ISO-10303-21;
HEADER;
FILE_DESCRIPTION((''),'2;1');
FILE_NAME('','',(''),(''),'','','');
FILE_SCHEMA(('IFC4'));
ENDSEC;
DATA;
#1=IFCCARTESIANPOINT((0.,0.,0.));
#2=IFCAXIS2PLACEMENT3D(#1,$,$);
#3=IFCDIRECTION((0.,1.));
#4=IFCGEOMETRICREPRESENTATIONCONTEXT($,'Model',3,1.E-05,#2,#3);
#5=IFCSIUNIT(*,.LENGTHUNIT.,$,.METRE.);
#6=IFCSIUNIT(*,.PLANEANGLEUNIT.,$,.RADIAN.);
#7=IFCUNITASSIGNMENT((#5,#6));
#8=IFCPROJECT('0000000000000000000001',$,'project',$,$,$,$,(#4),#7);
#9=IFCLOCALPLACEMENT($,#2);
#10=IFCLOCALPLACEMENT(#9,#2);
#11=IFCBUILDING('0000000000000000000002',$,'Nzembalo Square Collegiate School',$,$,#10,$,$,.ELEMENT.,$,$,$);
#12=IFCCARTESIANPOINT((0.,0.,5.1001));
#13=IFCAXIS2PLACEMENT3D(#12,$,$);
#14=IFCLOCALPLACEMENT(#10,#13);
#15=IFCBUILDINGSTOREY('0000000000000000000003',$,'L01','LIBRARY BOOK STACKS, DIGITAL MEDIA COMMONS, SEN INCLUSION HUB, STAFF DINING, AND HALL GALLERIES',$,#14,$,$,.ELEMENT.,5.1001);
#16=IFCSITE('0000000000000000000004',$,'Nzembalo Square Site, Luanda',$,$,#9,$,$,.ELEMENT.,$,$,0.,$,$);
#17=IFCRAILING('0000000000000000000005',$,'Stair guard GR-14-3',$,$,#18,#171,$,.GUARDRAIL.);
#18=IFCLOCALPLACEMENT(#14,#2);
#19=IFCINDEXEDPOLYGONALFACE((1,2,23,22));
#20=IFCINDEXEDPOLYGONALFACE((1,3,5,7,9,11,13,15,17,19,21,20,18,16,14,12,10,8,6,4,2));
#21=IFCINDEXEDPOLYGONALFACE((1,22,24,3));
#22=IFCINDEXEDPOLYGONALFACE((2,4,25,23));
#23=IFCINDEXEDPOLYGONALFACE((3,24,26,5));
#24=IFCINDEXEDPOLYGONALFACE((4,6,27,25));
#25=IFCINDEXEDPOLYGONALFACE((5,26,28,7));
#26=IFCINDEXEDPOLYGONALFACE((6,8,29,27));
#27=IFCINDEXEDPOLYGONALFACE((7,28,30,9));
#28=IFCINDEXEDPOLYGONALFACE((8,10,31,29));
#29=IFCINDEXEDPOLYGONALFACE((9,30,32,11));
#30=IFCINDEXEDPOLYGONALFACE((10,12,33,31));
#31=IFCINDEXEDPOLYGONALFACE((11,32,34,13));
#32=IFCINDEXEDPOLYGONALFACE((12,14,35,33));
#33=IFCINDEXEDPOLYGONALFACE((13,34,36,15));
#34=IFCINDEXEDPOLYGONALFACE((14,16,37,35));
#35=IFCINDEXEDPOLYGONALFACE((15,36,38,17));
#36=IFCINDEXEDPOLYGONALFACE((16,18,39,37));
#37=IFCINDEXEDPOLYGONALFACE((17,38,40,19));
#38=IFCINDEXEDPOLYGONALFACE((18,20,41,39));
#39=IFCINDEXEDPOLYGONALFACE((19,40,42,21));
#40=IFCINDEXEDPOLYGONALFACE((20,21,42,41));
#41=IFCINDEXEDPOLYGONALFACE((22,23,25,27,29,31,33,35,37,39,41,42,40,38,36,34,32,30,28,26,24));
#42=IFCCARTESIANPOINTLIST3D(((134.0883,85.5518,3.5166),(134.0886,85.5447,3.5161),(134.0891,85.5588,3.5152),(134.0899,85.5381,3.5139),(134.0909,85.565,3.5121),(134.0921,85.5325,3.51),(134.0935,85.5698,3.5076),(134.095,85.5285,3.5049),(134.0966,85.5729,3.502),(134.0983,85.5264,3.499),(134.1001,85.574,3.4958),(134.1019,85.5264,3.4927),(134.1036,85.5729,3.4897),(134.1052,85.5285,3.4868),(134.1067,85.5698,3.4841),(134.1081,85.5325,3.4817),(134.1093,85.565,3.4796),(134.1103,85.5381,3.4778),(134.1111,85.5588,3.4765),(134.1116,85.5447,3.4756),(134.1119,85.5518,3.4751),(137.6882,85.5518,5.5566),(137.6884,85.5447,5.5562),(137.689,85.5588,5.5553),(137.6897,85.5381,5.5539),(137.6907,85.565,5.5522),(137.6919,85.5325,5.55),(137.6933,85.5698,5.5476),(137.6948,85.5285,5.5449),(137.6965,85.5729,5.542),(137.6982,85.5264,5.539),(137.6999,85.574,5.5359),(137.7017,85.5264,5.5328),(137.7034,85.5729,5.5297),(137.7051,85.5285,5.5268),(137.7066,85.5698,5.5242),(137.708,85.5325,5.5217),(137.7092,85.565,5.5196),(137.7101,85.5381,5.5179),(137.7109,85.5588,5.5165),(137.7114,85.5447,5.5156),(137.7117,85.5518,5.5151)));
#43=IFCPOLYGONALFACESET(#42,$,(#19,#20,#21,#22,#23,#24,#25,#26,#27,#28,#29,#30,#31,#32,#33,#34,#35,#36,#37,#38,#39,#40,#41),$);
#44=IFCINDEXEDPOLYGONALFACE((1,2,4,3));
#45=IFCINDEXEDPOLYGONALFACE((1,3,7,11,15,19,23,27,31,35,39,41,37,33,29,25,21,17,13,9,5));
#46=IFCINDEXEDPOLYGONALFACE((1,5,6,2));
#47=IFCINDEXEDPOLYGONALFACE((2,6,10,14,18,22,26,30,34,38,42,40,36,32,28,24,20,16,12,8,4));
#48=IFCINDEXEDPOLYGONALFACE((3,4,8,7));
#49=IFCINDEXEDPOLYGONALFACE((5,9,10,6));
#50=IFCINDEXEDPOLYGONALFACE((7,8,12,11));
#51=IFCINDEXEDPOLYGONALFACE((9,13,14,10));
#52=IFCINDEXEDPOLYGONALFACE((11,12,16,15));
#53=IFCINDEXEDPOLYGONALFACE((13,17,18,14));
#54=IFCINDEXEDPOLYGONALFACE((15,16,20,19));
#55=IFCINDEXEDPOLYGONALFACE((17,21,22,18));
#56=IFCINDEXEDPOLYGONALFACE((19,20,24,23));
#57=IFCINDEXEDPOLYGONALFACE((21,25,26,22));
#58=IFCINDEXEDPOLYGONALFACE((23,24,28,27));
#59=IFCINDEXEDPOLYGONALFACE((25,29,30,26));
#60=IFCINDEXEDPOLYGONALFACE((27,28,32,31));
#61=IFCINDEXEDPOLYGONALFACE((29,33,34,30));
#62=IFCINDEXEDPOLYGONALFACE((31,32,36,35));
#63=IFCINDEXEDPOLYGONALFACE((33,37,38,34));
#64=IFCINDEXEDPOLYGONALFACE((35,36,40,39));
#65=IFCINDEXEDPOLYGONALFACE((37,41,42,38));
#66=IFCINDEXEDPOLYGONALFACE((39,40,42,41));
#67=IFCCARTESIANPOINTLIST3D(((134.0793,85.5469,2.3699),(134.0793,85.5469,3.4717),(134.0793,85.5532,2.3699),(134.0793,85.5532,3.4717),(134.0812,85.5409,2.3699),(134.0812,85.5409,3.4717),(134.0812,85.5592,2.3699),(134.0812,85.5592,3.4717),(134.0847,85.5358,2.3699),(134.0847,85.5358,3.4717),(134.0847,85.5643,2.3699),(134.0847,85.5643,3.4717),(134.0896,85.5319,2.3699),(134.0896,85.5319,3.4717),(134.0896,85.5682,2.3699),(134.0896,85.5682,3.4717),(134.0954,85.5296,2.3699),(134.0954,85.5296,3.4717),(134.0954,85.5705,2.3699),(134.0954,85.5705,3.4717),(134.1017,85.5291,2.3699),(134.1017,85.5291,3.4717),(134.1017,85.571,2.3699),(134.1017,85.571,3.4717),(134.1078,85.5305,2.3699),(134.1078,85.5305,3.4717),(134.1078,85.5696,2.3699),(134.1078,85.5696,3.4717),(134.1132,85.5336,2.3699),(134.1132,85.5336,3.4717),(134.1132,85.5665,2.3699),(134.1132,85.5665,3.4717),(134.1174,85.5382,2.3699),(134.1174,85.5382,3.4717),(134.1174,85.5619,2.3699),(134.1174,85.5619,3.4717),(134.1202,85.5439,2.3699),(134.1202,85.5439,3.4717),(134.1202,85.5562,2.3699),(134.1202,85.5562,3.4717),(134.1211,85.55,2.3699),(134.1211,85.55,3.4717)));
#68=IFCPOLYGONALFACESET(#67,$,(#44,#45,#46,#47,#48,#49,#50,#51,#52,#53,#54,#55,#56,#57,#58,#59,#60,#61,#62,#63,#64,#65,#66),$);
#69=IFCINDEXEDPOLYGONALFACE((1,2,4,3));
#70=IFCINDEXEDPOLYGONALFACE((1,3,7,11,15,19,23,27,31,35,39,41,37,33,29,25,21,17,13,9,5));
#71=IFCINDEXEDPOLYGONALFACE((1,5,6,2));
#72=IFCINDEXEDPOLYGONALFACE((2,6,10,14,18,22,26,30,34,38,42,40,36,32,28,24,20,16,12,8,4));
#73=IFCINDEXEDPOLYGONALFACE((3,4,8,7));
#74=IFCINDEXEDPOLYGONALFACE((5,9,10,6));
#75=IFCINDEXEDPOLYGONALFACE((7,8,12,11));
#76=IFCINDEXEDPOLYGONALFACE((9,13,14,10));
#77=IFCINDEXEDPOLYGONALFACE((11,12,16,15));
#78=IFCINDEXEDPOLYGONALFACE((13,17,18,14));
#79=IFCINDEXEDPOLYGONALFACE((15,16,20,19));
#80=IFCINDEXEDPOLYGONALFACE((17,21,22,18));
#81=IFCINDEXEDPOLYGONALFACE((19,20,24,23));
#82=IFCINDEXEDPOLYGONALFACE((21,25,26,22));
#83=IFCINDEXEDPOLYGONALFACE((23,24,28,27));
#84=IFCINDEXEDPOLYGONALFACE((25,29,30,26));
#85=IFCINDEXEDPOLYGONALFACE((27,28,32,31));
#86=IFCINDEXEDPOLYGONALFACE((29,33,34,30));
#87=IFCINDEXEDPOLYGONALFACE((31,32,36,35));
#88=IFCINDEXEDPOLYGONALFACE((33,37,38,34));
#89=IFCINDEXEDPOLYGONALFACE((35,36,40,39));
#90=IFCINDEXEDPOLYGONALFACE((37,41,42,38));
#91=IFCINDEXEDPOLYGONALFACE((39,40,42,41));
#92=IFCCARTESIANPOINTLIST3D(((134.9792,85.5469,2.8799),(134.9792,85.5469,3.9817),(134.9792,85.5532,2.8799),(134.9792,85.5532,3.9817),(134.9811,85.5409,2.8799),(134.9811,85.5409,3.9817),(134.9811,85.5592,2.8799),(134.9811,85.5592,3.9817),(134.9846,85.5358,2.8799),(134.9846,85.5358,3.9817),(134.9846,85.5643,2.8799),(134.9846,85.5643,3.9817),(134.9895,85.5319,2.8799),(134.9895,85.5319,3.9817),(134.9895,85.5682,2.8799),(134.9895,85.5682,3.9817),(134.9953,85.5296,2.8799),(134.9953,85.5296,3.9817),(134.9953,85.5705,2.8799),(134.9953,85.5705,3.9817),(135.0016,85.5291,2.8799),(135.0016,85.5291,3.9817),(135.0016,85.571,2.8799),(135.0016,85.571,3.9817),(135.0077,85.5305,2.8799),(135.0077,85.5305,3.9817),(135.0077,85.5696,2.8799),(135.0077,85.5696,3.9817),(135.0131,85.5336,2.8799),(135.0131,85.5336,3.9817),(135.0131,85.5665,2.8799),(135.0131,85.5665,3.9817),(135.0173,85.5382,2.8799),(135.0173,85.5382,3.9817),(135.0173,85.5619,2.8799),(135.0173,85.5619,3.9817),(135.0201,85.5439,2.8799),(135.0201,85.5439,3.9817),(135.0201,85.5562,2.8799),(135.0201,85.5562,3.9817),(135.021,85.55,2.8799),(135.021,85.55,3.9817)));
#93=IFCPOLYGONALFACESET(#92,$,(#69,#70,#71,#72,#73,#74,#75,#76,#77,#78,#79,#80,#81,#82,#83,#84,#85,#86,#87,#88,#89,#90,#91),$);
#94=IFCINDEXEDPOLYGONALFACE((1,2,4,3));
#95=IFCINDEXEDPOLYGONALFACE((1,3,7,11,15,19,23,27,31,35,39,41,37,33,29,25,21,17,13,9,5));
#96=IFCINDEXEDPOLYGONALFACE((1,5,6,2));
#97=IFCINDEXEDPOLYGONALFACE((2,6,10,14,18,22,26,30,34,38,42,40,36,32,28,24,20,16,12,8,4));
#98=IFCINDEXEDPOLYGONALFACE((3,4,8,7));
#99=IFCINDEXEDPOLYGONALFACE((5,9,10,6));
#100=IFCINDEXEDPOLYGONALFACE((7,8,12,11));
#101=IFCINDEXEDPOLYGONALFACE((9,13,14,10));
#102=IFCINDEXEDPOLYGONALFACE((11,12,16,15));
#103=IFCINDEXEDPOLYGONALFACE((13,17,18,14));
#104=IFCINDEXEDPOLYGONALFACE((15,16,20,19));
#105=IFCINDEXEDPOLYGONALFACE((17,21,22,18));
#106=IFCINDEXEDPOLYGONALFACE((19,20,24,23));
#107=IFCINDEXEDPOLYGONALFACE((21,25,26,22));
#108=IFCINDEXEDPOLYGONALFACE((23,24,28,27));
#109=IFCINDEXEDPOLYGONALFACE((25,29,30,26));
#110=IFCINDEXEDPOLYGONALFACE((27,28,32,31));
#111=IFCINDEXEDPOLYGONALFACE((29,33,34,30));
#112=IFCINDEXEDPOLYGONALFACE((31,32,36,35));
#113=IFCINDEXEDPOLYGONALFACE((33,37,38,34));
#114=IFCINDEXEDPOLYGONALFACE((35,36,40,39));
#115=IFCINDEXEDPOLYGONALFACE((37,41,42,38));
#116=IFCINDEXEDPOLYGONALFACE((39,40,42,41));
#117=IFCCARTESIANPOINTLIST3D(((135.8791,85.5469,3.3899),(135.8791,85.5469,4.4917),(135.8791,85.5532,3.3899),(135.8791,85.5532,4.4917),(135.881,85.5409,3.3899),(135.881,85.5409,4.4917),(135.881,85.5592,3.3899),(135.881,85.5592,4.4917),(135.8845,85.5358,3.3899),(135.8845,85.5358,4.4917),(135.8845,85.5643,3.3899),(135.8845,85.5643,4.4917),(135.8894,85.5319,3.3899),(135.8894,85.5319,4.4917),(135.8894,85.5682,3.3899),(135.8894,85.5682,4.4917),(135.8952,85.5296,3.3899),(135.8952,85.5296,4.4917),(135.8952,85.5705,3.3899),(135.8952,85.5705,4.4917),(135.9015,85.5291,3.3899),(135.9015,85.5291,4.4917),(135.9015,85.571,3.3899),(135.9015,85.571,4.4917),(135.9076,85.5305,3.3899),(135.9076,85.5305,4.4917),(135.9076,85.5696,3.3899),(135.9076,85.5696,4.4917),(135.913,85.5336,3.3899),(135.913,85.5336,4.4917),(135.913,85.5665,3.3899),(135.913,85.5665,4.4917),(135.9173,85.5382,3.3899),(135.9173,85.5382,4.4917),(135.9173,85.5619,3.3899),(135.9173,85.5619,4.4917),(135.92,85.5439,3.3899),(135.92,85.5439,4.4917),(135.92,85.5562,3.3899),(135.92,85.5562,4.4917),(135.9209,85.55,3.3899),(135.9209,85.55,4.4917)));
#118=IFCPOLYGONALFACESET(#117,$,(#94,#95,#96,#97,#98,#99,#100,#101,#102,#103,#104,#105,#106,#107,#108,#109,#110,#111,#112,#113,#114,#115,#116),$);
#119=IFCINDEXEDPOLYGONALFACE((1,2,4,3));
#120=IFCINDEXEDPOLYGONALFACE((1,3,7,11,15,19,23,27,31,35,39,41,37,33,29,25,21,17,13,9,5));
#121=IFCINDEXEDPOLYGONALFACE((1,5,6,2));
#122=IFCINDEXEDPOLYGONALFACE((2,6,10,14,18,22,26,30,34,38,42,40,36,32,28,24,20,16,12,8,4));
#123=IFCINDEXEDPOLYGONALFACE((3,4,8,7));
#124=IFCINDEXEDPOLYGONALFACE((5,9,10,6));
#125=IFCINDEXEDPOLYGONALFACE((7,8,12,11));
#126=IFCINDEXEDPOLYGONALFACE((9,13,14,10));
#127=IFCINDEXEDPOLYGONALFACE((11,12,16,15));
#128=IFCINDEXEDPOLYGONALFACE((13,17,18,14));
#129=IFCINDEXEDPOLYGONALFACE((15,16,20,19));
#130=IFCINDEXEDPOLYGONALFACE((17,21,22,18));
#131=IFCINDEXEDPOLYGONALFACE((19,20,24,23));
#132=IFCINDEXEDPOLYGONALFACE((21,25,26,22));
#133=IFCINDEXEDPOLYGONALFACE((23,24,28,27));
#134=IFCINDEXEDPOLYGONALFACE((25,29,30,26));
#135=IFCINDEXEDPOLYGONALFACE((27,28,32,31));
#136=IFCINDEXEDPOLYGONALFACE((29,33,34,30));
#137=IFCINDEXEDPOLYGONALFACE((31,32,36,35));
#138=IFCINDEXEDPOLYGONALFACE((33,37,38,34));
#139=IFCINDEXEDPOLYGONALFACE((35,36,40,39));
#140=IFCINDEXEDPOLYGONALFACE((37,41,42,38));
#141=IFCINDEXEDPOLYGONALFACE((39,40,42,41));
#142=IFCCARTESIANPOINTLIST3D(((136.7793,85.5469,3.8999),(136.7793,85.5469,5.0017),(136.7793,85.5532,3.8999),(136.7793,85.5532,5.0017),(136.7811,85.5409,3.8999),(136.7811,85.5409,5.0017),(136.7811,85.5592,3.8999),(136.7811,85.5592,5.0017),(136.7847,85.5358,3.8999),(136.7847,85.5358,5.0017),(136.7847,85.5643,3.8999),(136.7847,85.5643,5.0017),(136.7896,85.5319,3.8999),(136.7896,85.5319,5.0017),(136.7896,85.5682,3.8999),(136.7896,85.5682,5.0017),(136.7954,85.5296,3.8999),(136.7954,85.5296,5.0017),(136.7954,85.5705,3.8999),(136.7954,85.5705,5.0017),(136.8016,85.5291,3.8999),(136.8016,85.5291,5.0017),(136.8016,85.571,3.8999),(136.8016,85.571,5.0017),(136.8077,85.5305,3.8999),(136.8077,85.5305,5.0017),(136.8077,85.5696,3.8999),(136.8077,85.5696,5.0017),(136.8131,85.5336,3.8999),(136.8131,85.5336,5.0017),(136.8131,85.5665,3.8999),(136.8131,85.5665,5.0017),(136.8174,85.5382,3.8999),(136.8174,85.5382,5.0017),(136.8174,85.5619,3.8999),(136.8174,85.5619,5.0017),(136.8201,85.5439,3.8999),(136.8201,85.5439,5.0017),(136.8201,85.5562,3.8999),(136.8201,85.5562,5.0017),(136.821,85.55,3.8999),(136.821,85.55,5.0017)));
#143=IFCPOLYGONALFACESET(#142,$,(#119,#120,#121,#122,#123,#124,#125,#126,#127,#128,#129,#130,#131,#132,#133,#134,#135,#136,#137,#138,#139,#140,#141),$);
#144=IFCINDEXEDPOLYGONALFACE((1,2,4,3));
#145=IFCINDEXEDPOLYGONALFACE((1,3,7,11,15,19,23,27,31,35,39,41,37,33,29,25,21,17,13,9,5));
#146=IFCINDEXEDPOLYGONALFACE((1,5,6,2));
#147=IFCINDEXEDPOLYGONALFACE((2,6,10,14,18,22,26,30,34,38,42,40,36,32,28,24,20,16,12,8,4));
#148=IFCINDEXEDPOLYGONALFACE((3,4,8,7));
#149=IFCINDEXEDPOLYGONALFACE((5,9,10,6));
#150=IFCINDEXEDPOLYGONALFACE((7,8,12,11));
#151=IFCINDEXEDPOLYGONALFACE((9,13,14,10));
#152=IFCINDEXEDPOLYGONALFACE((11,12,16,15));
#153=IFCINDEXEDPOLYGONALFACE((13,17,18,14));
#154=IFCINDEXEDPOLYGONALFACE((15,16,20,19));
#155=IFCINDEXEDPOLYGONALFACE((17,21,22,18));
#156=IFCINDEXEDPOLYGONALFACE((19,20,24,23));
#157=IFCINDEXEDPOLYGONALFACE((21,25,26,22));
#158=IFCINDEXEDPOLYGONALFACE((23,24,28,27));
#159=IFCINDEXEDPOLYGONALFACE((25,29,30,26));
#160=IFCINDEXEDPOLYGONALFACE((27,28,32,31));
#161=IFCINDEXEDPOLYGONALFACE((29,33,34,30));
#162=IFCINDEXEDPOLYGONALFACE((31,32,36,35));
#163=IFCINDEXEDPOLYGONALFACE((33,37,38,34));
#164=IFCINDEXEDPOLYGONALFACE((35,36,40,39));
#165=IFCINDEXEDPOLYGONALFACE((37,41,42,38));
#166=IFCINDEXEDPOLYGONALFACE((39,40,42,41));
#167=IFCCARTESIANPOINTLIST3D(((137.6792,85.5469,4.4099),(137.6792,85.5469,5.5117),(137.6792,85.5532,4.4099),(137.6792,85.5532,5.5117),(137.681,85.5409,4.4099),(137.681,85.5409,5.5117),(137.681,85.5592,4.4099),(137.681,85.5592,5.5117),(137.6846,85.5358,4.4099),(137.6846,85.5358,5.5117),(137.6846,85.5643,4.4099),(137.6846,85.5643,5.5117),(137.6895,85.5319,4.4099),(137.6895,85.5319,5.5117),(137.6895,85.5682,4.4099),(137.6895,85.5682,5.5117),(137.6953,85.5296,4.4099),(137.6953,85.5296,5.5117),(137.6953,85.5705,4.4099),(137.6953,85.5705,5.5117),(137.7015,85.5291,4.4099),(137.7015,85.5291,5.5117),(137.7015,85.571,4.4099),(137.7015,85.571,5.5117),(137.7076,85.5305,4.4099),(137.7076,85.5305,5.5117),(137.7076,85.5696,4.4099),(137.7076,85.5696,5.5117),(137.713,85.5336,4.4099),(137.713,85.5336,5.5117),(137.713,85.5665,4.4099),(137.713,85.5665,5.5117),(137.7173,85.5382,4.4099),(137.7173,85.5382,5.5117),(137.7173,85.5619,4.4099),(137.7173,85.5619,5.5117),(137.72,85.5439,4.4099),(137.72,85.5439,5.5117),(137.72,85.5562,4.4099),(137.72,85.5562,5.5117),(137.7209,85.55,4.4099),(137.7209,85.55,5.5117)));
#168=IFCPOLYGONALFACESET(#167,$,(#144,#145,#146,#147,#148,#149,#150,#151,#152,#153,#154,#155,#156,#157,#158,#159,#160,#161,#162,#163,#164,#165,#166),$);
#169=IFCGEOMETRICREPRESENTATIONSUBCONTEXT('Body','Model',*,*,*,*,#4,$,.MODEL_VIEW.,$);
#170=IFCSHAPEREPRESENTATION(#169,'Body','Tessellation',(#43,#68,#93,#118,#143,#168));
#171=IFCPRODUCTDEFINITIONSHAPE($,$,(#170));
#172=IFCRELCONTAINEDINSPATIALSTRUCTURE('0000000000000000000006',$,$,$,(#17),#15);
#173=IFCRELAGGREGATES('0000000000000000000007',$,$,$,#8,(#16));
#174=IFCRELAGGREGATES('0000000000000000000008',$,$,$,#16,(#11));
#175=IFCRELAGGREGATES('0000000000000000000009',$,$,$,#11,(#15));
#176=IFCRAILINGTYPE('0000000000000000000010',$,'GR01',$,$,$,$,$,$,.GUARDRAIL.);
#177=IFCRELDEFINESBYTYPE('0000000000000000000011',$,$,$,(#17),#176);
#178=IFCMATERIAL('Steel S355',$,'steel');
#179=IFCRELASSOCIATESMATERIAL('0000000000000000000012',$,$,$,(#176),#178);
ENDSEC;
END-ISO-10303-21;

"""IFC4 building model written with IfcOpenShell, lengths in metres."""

from ifc_helpers import new_model, si_unit, direction, frame, origin, origin_2d, place, context, subcontext, project, spatial, circle, extrude, material, type_object, element, save


model = new_model("IFC4")

# Units and contexts
model_context = context("Model", 3, precision=1e-05, world=origin(), true_north=direction((0.0, 1.0)))
body_context = subcontext(model_context, "Body", "Model", "MODEL_VIEW")
ifc_project = project(units=[si_unit("LENGTHUNIT", "METRE"), si_unit("PLANEANGLEUNIT", "RADIAN")], contexts=[model_context])

# Site, building, storey
site_placement = place(None, origin())
site = spatial("IfcSite", under=ifc_project, at=site_placement, Name="Nzembalo Square Site, Luanda", CompositionType="ELEMENT", RefElevation=0.0)
building_placement = place(site_placement, origin())
building = spatial("IfcBuilding", under=site, at=building_placement, Name="Nzembalo Square Collegiate School", CompositionType="ELEMENT")
storey_placement = place(building_placement, frame((0.0, 0.0, 5.1001)))
storey = spatial("IfcBuildingStorey", under=building, at=storey_placement, Name="L01", Description="LIBRARY BOOK STACKS, DIGITAL MEDIA COMMONS, SEN INCLUSION HUB, STAFF DINING, AND HALL GALLERIES", CompositionType="ELEMENT", Elevation=5.1001)

# Railing
ifc_material_1 = material(Name="Steel S355", Category="steel")
railing_type_1 = type_object("IfcRailingType", Name="GR01", PredefinedType="GUARDRAIL", material=ifc_material_1)
railing_1_placement = place(storey_placement, frame((134.1001, 85.55, 2.3699)))
element("IfcRailing", 1, at=railing_1_placement, inside=storey, type_object=railing_type_1, Name="Stair guard GR-14-3", PredefinedType="GUARDRAIL", context=body_context, shape_type="SweptSolid", body=[
    extrude(circle(Radius=0.0239, at=origin_2d()), frame((0.0, 0.0, 1.126), z_axis=(0.87001, 0.0, 0.493035), x_axis=(0.0, 1.0, 0.0)), (0.0, 0.0, 1.0), 4.1377),
    extrude(circle(Radius=0.021, at=origin_2d()), origin(), (0.0, 0.0, 1.0), 1.1018),
    extrude(circle(Radius=0.021, at=origin_2d()), frame((0.8999, 0.0, 0.51)), (0.0, 0.0, 1.0), 1.1018),
    extrude(circle(Radius=0.021, at=origin_2d()), frame((1.7998, 0.0, 1.02)), (0.0, 0.0, 1.0), 1.1018),
    extrude(circle(Radius=0.021, at=origin_2d()), frame((2.7, 0.0, 1.53)), (0.0, 0.0, 1.0), 1.1018),
    extrude(circle(Radius=0.021, at=origin_2d()), frame((3.5999, 0.0, 2.04)), (0.0, 0.0, 1.0), 1.1018),
])

save(model, "model.ifc")
